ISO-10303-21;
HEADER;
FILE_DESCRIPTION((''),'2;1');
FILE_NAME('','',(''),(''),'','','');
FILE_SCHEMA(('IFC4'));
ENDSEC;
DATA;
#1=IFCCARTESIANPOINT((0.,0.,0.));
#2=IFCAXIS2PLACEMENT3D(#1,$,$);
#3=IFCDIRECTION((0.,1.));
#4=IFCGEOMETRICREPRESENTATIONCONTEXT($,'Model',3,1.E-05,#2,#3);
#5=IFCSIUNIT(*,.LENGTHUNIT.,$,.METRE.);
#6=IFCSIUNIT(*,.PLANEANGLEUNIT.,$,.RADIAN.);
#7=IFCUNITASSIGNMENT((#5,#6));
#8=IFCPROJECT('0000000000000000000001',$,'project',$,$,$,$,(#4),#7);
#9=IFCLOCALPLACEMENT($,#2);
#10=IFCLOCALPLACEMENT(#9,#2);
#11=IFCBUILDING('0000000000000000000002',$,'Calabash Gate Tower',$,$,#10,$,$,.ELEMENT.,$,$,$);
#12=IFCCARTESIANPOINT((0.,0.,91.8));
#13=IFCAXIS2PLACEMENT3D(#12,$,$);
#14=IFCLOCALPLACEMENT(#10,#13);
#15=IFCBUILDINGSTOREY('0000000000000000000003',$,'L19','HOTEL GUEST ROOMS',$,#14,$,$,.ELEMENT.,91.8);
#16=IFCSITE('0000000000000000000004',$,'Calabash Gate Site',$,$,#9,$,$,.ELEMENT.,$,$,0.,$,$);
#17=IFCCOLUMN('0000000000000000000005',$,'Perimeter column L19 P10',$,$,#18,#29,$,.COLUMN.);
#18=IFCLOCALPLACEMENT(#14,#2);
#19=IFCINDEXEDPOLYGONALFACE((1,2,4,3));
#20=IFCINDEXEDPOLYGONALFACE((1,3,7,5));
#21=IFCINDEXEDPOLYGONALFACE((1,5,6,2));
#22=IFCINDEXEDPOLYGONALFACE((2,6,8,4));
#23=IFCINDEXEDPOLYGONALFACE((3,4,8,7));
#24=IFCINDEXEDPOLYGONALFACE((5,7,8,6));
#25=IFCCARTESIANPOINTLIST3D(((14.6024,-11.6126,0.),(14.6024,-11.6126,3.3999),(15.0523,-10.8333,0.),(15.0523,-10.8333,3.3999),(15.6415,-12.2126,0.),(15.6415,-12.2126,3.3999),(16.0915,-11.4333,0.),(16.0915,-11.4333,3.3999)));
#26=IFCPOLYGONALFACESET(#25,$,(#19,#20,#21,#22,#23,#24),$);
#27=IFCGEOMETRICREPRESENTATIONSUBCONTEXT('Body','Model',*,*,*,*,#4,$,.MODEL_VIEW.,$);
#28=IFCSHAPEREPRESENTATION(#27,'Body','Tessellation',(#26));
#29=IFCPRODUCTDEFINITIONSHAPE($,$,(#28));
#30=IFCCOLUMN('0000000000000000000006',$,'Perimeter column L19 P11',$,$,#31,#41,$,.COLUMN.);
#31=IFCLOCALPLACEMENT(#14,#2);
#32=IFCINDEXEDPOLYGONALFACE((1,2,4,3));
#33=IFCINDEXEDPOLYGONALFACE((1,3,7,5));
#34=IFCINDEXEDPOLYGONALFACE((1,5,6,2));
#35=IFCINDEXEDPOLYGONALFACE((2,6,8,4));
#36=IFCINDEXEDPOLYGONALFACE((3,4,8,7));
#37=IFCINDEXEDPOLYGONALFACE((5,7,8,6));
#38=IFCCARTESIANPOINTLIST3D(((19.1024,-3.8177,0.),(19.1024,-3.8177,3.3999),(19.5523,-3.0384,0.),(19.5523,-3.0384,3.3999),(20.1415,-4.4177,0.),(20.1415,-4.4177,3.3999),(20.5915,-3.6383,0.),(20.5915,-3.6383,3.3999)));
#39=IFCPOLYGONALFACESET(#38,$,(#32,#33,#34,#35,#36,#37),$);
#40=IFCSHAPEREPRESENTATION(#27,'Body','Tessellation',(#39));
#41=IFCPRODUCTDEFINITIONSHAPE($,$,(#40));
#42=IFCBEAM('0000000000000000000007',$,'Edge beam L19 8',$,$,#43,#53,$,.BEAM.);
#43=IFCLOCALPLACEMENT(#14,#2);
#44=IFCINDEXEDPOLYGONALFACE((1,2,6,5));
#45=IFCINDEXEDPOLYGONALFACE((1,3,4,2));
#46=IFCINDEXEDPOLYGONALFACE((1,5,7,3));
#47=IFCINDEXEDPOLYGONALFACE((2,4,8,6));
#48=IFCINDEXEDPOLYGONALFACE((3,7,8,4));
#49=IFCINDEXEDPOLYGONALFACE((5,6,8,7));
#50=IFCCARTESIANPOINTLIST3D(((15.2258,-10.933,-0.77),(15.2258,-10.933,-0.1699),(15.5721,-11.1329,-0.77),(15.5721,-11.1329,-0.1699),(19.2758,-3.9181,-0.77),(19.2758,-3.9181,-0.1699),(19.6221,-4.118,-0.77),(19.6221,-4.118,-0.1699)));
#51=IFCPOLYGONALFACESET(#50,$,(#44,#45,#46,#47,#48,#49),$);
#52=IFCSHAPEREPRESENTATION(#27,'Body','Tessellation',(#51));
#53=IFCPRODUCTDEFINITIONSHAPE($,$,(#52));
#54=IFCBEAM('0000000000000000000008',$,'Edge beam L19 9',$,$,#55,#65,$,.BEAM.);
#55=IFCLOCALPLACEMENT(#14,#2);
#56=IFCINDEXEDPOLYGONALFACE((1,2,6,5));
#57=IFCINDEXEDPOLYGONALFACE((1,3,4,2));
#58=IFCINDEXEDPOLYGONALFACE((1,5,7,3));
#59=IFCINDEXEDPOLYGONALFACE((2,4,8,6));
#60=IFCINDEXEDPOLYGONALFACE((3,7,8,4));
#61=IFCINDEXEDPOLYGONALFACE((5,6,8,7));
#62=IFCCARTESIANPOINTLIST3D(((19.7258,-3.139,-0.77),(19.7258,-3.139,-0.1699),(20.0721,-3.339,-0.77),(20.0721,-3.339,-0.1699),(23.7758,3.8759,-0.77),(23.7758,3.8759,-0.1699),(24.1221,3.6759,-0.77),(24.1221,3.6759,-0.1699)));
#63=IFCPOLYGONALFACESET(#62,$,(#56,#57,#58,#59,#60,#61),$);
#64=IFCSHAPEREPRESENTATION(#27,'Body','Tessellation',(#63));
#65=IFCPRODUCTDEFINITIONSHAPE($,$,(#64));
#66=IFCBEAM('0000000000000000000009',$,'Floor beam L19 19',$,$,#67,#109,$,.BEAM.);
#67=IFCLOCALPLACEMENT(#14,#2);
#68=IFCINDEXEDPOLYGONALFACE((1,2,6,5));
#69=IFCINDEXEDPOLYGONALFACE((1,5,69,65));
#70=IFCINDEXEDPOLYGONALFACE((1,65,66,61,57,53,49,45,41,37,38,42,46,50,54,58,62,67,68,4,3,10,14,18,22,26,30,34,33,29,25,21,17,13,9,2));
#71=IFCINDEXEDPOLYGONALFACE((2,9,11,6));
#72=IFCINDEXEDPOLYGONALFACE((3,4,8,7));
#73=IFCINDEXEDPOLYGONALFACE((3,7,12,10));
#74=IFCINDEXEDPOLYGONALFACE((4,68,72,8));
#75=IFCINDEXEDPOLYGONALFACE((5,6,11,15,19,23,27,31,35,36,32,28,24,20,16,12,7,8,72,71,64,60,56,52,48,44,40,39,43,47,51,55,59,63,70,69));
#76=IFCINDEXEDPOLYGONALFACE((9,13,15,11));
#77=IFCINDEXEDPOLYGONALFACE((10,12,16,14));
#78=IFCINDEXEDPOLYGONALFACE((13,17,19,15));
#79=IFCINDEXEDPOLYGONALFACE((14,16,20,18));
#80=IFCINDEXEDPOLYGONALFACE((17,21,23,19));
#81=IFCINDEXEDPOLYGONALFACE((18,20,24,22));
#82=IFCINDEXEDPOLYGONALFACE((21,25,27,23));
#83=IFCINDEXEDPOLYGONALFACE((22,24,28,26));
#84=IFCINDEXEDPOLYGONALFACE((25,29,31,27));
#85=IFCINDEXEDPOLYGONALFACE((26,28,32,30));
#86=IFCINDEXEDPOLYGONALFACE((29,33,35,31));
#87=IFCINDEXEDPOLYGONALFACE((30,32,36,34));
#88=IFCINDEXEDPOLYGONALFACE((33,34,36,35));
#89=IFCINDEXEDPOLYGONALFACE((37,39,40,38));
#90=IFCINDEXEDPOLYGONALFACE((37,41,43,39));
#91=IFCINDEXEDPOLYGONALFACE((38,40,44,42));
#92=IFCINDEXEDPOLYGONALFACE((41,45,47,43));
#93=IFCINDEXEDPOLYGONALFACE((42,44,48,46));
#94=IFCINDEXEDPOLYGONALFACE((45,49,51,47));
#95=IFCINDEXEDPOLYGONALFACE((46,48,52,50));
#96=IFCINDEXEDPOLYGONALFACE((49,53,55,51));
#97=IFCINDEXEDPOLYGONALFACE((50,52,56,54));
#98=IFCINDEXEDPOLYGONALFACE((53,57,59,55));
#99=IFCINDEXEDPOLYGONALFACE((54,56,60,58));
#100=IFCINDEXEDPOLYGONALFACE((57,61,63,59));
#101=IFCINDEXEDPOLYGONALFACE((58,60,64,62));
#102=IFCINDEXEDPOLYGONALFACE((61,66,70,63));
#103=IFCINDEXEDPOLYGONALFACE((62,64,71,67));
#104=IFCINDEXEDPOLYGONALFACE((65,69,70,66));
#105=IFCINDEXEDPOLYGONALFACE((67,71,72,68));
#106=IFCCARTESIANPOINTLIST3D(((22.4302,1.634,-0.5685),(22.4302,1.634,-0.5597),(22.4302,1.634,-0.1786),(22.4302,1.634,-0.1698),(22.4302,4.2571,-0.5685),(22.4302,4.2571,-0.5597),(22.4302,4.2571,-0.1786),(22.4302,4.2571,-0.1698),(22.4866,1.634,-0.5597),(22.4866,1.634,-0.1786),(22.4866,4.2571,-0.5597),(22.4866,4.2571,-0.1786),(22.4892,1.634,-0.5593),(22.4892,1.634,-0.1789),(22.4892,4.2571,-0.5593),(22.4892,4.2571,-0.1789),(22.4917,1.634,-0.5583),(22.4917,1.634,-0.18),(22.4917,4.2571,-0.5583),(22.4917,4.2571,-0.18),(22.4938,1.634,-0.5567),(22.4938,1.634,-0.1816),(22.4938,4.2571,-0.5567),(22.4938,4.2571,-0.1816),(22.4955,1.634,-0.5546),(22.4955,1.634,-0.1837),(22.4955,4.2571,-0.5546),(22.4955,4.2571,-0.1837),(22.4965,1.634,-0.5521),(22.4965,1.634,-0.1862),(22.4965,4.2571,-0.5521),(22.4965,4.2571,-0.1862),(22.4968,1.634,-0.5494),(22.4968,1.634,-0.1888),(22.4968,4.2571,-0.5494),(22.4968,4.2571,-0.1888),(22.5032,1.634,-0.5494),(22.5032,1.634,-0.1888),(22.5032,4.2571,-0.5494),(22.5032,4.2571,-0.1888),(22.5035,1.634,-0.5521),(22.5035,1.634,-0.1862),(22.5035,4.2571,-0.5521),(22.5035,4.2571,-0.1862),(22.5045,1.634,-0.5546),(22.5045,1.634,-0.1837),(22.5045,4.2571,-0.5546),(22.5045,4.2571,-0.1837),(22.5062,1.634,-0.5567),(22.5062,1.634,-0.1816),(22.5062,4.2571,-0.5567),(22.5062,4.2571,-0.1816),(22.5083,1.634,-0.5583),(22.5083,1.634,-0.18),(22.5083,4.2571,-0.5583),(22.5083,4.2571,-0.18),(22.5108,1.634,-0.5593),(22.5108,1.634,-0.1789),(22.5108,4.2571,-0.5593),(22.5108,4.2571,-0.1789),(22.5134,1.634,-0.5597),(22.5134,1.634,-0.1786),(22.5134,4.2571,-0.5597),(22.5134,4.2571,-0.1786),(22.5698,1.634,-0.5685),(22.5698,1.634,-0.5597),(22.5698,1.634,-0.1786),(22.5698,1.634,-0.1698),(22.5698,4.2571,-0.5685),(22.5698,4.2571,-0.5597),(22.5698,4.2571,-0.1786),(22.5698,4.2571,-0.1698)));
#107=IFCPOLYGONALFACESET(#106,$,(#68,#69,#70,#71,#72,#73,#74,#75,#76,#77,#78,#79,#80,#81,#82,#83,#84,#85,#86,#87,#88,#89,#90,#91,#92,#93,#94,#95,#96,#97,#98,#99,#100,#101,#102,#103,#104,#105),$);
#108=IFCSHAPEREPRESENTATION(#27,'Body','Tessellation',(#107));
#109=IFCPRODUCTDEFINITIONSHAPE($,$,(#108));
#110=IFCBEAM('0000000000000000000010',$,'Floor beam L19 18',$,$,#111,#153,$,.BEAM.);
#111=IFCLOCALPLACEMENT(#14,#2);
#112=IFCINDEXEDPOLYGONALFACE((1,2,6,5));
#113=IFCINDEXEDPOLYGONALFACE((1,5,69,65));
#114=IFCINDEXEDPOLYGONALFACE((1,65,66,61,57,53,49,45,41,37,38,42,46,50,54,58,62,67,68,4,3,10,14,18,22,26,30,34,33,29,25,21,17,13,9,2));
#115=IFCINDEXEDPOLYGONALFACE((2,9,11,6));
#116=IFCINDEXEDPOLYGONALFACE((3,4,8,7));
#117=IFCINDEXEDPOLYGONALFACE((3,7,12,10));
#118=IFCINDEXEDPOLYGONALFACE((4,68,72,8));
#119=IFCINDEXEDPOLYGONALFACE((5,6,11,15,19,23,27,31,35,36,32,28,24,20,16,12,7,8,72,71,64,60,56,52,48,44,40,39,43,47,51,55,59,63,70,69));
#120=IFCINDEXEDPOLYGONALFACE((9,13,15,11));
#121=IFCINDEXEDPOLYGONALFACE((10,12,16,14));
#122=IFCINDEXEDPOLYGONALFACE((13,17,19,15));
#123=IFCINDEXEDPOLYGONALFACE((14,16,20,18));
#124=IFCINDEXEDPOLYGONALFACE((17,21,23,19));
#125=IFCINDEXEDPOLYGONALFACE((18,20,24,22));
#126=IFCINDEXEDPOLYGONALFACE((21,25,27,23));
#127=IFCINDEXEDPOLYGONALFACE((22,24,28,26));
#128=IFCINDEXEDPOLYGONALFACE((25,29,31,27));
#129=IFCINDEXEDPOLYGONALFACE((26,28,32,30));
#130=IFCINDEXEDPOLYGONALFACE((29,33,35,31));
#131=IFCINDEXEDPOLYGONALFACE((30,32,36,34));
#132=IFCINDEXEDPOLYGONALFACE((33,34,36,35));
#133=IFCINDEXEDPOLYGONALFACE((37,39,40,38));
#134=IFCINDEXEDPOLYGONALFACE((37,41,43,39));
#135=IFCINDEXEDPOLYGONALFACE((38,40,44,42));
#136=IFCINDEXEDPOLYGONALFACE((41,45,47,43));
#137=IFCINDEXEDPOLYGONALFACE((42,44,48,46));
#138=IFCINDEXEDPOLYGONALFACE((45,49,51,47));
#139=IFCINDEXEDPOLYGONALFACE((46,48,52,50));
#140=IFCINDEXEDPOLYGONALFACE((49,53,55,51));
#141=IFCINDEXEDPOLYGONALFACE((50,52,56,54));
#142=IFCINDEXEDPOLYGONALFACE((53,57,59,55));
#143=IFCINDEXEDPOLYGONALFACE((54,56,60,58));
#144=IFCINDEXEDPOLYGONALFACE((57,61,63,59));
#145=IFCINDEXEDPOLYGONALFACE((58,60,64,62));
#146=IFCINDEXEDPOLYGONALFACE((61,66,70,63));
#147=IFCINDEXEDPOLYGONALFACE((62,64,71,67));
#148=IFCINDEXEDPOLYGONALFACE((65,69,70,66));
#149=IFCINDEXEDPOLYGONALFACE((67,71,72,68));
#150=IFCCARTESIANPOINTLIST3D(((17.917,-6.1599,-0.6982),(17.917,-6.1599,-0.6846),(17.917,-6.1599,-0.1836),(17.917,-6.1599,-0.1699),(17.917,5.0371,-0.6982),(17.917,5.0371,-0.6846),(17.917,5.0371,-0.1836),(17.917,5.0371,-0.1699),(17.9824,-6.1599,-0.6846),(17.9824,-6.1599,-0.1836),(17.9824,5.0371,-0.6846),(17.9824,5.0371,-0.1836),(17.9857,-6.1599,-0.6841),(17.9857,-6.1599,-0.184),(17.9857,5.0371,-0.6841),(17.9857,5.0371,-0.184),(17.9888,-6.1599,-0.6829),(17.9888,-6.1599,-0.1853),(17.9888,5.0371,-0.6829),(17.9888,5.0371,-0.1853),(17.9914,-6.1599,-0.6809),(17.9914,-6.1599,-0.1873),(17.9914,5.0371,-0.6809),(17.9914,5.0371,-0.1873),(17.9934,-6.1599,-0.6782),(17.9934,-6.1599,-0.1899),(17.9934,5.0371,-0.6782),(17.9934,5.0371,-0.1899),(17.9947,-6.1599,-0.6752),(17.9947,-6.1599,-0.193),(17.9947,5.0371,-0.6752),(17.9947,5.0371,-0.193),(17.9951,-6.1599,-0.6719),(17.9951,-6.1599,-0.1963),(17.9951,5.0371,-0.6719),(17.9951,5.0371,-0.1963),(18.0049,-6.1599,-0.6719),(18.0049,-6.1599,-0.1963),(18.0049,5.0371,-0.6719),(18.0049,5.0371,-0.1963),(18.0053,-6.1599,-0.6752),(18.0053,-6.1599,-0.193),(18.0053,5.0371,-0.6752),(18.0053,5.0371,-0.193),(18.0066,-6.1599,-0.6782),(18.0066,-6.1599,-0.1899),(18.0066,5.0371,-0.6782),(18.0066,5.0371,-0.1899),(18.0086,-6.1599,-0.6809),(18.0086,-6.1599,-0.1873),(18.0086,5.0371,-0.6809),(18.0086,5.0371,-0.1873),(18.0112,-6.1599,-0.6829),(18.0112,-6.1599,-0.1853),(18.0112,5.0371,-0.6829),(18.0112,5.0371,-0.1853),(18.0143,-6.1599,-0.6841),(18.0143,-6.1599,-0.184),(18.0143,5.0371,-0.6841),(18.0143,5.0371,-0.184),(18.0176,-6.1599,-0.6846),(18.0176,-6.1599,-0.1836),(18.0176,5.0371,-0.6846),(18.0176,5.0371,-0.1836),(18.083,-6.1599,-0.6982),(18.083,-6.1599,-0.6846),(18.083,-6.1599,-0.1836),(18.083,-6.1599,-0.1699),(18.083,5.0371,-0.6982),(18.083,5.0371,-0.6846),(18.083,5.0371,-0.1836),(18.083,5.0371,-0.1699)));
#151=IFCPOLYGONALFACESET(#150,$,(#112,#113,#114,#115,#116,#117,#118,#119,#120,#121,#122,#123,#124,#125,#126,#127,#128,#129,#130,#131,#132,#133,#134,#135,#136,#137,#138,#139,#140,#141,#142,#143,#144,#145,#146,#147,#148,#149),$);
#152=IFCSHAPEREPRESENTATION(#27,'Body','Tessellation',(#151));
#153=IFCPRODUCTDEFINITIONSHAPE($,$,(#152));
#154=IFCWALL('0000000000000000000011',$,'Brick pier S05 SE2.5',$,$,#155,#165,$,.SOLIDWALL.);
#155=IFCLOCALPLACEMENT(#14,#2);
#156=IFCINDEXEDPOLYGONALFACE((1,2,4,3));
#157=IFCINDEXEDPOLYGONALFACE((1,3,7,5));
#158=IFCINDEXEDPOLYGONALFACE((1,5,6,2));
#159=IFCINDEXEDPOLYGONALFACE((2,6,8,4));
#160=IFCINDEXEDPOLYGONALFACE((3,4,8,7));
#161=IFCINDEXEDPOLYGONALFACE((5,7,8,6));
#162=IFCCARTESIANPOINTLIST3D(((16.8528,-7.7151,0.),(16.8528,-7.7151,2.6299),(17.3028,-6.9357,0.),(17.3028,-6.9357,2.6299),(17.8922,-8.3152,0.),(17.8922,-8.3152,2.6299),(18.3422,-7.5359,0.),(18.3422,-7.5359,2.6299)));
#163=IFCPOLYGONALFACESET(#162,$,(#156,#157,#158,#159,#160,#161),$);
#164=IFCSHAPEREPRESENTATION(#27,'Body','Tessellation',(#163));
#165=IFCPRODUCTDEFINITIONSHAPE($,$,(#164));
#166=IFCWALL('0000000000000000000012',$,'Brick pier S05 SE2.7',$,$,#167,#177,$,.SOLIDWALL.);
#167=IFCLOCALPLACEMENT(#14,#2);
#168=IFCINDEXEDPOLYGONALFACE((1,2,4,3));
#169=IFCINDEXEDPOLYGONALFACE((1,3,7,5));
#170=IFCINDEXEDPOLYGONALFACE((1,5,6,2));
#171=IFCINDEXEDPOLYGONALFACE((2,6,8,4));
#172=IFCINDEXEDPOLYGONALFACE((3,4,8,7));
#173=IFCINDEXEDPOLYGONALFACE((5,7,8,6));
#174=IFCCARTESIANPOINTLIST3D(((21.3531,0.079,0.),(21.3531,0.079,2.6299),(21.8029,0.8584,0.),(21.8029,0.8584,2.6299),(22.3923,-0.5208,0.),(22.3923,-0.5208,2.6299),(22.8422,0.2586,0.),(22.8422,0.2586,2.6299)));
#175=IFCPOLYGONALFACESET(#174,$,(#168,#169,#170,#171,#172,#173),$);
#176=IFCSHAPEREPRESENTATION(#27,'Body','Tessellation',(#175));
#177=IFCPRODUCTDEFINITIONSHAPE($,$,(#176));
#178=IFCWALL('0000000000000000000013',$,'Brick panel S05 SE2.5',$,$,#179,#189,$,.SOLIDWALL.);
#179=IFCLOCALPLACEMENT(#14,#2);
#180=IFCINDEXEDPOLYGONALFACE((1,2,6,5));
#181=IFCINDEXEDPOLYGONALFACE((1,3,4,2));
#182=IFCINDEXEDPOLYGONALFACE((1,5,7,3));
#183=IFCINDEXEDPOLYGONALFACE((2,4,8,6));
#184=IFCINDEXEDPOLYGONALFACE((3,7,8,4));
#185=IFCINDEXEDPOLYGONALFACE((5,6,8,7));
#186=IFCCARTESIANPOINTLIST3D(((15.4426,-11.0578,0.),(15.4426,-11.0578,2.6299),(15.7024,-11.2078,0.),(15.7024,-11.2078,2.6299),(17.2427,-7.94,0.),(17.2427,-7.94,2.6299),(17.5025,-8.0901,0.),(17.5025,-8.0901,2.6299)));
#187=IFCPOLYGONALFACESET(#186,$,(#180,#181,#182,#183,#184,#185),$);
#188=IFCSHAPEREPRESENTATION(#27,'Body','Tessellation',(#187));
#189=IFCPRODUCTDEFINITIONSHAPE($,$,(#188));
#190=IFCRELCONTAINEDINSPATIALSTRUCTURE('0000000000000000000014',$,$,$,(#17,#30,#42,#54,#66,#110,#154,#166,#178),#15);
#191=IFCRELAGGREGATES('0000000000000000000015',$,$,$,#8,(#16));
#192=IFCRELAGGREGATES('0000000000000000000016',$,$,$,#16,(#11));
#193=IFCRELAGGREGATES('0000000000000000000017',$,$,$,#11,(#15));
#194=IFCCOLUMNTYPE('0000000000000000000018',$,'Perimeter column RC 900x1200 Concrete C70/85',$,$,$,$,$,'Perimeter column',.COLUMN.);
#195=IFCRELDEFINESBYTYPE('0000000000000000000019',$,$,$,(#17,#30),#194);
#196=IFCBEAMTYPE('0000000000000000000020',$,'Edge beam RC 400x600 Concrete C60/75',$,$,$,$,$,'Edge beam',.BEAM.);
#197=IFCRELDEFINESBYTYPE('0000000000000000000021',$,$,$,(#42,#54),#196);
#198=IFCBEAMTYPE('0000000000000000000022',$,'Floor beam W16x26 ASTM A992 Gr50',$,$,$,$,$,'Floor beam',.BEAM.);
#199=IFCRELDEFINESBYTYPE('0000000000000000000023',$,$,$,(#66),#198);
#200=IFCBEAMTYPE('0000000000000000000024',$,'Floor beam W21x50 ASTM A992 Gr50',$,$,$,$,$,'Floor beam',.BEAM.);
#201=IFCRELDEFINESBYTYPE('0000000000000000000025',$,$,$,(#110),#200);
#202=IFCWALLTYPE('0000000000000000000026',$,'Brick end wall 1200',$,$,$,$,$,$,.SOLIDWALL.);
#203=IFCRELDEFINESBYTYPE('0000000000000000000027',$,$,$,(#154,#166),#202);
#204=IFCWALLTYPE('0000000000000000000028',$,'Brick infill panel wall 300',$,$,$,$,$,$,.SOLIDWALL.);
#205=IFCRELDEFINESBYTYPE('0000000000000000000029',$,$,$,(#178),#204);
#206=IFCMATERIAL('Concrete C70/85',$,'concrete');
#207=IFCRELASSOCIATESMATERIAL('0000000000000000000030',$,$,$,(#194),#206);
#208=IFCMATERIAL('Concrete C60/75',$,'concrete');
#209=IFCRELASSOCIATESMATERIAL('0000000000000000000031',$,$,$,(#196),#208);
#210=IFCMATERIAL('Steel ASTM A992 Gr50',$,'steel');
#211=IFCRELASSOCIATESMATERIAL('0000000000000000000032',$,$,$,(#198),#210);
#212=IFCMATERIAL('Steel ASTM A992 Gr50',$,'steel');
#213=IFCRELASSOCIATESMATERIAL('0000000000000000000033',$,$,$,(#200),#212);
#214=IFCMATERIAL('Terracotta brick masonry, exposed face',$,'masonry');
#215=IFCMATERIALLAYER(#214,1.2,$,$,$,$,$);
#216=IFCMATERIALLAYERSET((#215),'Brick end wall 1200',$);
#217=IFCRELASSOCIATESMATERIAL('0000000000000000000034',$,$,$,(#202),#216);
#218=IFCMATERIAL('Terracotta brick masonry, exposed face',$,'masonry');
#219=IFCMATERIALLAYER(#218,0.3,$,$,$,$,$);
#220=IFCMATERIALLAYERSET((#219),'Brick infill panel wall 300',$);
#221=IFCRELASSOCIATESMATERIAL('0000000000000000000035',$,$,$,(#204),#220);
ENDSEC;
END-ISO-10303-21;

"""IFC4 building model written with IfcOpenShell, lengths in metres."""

from ifc_helpers import new_model, si_unit, direction, frame, frame_2d, origin, origin_2d, place, context, subcontext, project, spatial, rectangle, i_section, extrude, material, layer, layer_set, material_profile, profile_set, type_object, element, save


model = new_model("IFC4")

# Units and contexts
model_context = context("Model", 3, precision=1e-05, world=origin(), true_north=direction((0.0, 1.0)))
body_context = subcontext(model_context, "Body", "Model", "MODEL_VIEW")
ifc_project = project(units=[si_unit("LENGTHUNIT", "METRE"), si_unit("PLANEANGLEUNIT", "RADIAN")], contexts=[model_context])

# Site, building, storey
site_placement = place(None, origin())
site = spatial("IfcSite", under=ifc_project, at=site_placement, Name="Calabash Gate Site", CompositionType="ELEMENT", RefElevation=0.0)
building_placement = place(site_placement, origin())
building = spatial("IfcBuilding", under=site, at=building_placement, Name="Calabash Gate Tower", CompositionType="ELEMENT")
storey_placement = place(building_placement, frame((0.0, 0.0, 91.8)))
storey = spatial("IfcBuildingStorey", under=building, at=storey_placement, Name="L19", Description="HOTEL GUEST ROOMS", CompositionType="ELEMENT", Elevation=91.8)

# Columns
ifc_material_1 = material(Name="Concrete C70/85", Category="concrete")
ifc_material_profile_1 = material_profile(ifc_material_1, rectangle(XDim=0.8999, YDim=1.2, at=origin_2d()))
ifc_profile_set_1 = profile_set([ifc_material_profile_1], Name="Concrete C70/85")
column_type = type_object("IfcColumnType", Name="Perimeter column RC 900x1200 Concrete C70/85", ElementType="Perimeter column", PredefinedType="COLUMN", material=ifc_profile_set_1)
for number, where, z_axis, x_axis, name in (
    (1, (15.3469, -11.5229, 0.0), (0.0, 0.0, 1.0), (0.5, 0.866025, 0.0), "Perimeter column L19 P10"),
    (2, (19.8469, -3.728, 0.0), (0.0, 0.0, 1.0), (0.5, 0.866025, 0.0), "Perimeter column L19 P11"),
):
    element("IfcColumn", number, at=place(storey_placement, frame(where, z_axis=z_axis, x_axis=x_axis)), inside=storey, type_object=column_type, Name=name, PredefinedType="COLUMN", context=body_context, shape_type="SweptSolid", body=[
        extrude(rectangle(XDim=0.8999, YDim=1.2, at=origin_2d()), origin(), (0.0, 0.0, 1.0), 3.3999),
    ])

# Beams
ifc_material_2 = material(Name="Concrete C60/75", Category="concrete")
ifc_material_profile_2 = material_profile(ifc_material_2, rectangle(XDim=0.3999, YDim=0.6001, at=origin_2d()))
ifc_profile_set_2 = profile_set([ifc_material_profile_2], Name="Concrete C60/75")
beam_type_1 = type_object("IfcBeamType", Name="Edge beam RC 400x600 Concrete C60/75", ElementType="Edge beam", PredefinedType="BEAM", material=ifc_profile_set_2)
for number, where, z_axis, x_axis, name in (
    (3, (15.3989, -11.033, -0.47), (0.5, 0.866025, 0.0), (-0.866025, 0.5, 0.0), "Edge beam L19 8"),
    (4, (19.8989, -3.239, -0.47), (0.5, 0.866025, 0.0), (-0.866025, 0.5, 0.0), "Edge beam L19 9"),
):
    element("IfcBeam", number, at=place(storey_placement, frame(where, z_axis=z_axis, x_axis=x_axis)), inside=storey, type_object=beam_type_1, Name=name, PredefinedType="BEAM", context=body_context, shape_type="SweptSolid", body=[
        extrude(rectangle(XDim=0.3999, YDim=0.6001, at=origin_2d()), origin(), (0.0, 0.0, 1.0), 8.1001),
    ])
ifc_material_3 = material(Name="Steel ASTM A992 Gr50", Category="steel")
ifc_material_profile_3 = material_profile(ifc_material_3, i_section(OverallWidth=0.1396, OverallDepth=0.3987, WebThickness=0.0063, FlangeThickness=0.0088, FilletRadius=0.0103, at=origin_2d()))
ifc_profile_set_3 = profile_set([ifc_material_profile_3], Name="Steel ASTM A992 Gr50")
beam_type_2 = type_object("IfcBeamType", Name="Floor beam W16x26 ASTM A992 Gr50", ElementType="Floor beam", PredefinedType="BEAM", material=ifc_profile_set_3)
beam_1_placement = place(storey_placement, frame((22.5, 1.634, -0.3691), z_axis=(0.0, 1.0, 0.0), x_axis=(-1.0, 0.0, 0.0)))
element("IfcBeam", 5, at=beam_1_placement, inside=storey, type_object=beam_type_2, Name="Floor beam L19 19", PredefinedType="BEAM", context=body_context, shape_type="SweptSolid", body=[
    extrude(i_section(OverallWidth=0.1396, OverallDepth=0.3987, WebThickness=0.0063, FlangeThickness=0.0088, FilletRadius=0.0103, at=origin_2d()), origin(), (0.0, 0.0, 1.0), 2.623),
])
ifc_material_4 = material(Name="Steel ASTM A992 Gr50", Category="steel")
ifc_material_profile_4 = material_profile(ifc_material_4, i_section(OverallWidth=0.166, OverallDepth=0.5283, WebThickness=0.0098, FlangeThickness=0.0137, FilletRadius=0.0127, at=origin_2d()))
ifc_profile_set_4 = profile_set([ifc_material_profile_4], Name="Steel ASTM A992 Gr50")
beam_type_3 = type_object("IfcBeamType", Name="Floor beam W21x50 ASTM A992 Gr50", ElementType="Floor beam", PredefinedType="BEAM", material=ifc_profile_set_4)
beam_2_placement = place(storey_placement, frame((18.0, -6.1599, -0.4341), z_axis=(0.0, 1.0, 0.0), x_axis=(-1.0, 0.0, 0.0)))
element("IfcBeam", 6, at=beam_2_placement, inside=storey, type_object=beam_type_3, Name="Floor beam L19 18", PredefinedType="BEAM", context=body_context, shape_type="SweptSolid", body=[
    extrude(i_section(OverallWidth=0.166, OverallDepth=0.5283, WebThickness=0.0098, FlangeThickness=0.0137, FilletRadius=0.0127, at=origin_2d()), origin(), (0.0, 0.0, 1.0), 11.197),
])

# Walls
ifc_material_5 = material(Name="Terracotta brick masonry, exposed face", Category="masonry")
ifc_layer_1 = layer(ifc_material_5, 1.2)
ifc_layer_set_1 = layer_set([ifc_layer_1], Name="Brick end wall 1200")
wall_type_1 = type_object("IfcWallType", Name="Brick end wall 1200", PredefinedType="SOLIDWALL", material=ifc_layer_set_1)
wall_1_placement = place(storey_placement, frame((18.1172, -7.9255, 0.0), z_axis=(0.0, 0.0, 1.0), x_axis=(-0.866006, 0.500034, 0.0)))
element("IfcWall", 7, at=wall_1_placement, inside=storey, type_object=wall_type_1, Name="Brick pier S05 SE2.5", PredefinedType="SOLIDWALL", context=body_context, shape_type="SweptSolid", body=[
    extrude(rectangle(XDim=1.2002, YDim=0.8999, at=frame_2d((0.6001, 0.0))), origin(), (0.0, 0.0, 1.0), 2.6299),
])
wall_2_placement = place(storey_placement, frame((21.5779, 0.4688, 0.0), z_axis=(0.0, 0.0, 1.0), x_axis=(0.866094, -0.499881, 0.0)))
element("IfcWall", 8, at=wall_2_placement, inside=storey, type_object=wall_type_1, Name="Brick pier S05 SE2.7", PredefinedType="SOLIDWALL", context=body_context, shape_type="SweptSolid", body=[
    extrude(rectangle(XDim=1.2, YDim=0.8999, at=frame_2d((0.6001, 0.0))), origin(), (0.0, 0.0, 1.0), 2.6299),
])
ifc_material_6 = material(Name="Terracotta brick masonry, exposed face", Category="masonry")
ifc_layer_2 = layer(ifc_material_6, 0.3)
ifc_layer_set_2 = layer_set([ifc_layer_2], Name="Brick infill panel wall 300")
wall_type_2 = type_object("IfcWallType", Name="Brick infill panel wall 300", PredefinedType="SOLIDWALL", material=ifc_layer_set_2)
wall_3_placement = place(storey_placement, frame((15.5725, -11.1328, 0.0), z_axis=(0.0, 0.0, 1.0), x_axis=(0.500012, 0.866018, 0.0)))
element("IfcWall", 9, at=wall_3_placement, inside=storey, type_object=wall_type_2, Name="Brick panel S05 SE2.5", PredefinedType="SOLIDWALL", context=body_context, shape_type="SweptSolid", body=[
    extrude(rectangle(XDim=3.6001, YDim=0.3, at=frame_2d((1.8, 0.0))), origin(), (0.0, 0.0, 1.0), 2.6299),
])

save(model, "model.ifc")
